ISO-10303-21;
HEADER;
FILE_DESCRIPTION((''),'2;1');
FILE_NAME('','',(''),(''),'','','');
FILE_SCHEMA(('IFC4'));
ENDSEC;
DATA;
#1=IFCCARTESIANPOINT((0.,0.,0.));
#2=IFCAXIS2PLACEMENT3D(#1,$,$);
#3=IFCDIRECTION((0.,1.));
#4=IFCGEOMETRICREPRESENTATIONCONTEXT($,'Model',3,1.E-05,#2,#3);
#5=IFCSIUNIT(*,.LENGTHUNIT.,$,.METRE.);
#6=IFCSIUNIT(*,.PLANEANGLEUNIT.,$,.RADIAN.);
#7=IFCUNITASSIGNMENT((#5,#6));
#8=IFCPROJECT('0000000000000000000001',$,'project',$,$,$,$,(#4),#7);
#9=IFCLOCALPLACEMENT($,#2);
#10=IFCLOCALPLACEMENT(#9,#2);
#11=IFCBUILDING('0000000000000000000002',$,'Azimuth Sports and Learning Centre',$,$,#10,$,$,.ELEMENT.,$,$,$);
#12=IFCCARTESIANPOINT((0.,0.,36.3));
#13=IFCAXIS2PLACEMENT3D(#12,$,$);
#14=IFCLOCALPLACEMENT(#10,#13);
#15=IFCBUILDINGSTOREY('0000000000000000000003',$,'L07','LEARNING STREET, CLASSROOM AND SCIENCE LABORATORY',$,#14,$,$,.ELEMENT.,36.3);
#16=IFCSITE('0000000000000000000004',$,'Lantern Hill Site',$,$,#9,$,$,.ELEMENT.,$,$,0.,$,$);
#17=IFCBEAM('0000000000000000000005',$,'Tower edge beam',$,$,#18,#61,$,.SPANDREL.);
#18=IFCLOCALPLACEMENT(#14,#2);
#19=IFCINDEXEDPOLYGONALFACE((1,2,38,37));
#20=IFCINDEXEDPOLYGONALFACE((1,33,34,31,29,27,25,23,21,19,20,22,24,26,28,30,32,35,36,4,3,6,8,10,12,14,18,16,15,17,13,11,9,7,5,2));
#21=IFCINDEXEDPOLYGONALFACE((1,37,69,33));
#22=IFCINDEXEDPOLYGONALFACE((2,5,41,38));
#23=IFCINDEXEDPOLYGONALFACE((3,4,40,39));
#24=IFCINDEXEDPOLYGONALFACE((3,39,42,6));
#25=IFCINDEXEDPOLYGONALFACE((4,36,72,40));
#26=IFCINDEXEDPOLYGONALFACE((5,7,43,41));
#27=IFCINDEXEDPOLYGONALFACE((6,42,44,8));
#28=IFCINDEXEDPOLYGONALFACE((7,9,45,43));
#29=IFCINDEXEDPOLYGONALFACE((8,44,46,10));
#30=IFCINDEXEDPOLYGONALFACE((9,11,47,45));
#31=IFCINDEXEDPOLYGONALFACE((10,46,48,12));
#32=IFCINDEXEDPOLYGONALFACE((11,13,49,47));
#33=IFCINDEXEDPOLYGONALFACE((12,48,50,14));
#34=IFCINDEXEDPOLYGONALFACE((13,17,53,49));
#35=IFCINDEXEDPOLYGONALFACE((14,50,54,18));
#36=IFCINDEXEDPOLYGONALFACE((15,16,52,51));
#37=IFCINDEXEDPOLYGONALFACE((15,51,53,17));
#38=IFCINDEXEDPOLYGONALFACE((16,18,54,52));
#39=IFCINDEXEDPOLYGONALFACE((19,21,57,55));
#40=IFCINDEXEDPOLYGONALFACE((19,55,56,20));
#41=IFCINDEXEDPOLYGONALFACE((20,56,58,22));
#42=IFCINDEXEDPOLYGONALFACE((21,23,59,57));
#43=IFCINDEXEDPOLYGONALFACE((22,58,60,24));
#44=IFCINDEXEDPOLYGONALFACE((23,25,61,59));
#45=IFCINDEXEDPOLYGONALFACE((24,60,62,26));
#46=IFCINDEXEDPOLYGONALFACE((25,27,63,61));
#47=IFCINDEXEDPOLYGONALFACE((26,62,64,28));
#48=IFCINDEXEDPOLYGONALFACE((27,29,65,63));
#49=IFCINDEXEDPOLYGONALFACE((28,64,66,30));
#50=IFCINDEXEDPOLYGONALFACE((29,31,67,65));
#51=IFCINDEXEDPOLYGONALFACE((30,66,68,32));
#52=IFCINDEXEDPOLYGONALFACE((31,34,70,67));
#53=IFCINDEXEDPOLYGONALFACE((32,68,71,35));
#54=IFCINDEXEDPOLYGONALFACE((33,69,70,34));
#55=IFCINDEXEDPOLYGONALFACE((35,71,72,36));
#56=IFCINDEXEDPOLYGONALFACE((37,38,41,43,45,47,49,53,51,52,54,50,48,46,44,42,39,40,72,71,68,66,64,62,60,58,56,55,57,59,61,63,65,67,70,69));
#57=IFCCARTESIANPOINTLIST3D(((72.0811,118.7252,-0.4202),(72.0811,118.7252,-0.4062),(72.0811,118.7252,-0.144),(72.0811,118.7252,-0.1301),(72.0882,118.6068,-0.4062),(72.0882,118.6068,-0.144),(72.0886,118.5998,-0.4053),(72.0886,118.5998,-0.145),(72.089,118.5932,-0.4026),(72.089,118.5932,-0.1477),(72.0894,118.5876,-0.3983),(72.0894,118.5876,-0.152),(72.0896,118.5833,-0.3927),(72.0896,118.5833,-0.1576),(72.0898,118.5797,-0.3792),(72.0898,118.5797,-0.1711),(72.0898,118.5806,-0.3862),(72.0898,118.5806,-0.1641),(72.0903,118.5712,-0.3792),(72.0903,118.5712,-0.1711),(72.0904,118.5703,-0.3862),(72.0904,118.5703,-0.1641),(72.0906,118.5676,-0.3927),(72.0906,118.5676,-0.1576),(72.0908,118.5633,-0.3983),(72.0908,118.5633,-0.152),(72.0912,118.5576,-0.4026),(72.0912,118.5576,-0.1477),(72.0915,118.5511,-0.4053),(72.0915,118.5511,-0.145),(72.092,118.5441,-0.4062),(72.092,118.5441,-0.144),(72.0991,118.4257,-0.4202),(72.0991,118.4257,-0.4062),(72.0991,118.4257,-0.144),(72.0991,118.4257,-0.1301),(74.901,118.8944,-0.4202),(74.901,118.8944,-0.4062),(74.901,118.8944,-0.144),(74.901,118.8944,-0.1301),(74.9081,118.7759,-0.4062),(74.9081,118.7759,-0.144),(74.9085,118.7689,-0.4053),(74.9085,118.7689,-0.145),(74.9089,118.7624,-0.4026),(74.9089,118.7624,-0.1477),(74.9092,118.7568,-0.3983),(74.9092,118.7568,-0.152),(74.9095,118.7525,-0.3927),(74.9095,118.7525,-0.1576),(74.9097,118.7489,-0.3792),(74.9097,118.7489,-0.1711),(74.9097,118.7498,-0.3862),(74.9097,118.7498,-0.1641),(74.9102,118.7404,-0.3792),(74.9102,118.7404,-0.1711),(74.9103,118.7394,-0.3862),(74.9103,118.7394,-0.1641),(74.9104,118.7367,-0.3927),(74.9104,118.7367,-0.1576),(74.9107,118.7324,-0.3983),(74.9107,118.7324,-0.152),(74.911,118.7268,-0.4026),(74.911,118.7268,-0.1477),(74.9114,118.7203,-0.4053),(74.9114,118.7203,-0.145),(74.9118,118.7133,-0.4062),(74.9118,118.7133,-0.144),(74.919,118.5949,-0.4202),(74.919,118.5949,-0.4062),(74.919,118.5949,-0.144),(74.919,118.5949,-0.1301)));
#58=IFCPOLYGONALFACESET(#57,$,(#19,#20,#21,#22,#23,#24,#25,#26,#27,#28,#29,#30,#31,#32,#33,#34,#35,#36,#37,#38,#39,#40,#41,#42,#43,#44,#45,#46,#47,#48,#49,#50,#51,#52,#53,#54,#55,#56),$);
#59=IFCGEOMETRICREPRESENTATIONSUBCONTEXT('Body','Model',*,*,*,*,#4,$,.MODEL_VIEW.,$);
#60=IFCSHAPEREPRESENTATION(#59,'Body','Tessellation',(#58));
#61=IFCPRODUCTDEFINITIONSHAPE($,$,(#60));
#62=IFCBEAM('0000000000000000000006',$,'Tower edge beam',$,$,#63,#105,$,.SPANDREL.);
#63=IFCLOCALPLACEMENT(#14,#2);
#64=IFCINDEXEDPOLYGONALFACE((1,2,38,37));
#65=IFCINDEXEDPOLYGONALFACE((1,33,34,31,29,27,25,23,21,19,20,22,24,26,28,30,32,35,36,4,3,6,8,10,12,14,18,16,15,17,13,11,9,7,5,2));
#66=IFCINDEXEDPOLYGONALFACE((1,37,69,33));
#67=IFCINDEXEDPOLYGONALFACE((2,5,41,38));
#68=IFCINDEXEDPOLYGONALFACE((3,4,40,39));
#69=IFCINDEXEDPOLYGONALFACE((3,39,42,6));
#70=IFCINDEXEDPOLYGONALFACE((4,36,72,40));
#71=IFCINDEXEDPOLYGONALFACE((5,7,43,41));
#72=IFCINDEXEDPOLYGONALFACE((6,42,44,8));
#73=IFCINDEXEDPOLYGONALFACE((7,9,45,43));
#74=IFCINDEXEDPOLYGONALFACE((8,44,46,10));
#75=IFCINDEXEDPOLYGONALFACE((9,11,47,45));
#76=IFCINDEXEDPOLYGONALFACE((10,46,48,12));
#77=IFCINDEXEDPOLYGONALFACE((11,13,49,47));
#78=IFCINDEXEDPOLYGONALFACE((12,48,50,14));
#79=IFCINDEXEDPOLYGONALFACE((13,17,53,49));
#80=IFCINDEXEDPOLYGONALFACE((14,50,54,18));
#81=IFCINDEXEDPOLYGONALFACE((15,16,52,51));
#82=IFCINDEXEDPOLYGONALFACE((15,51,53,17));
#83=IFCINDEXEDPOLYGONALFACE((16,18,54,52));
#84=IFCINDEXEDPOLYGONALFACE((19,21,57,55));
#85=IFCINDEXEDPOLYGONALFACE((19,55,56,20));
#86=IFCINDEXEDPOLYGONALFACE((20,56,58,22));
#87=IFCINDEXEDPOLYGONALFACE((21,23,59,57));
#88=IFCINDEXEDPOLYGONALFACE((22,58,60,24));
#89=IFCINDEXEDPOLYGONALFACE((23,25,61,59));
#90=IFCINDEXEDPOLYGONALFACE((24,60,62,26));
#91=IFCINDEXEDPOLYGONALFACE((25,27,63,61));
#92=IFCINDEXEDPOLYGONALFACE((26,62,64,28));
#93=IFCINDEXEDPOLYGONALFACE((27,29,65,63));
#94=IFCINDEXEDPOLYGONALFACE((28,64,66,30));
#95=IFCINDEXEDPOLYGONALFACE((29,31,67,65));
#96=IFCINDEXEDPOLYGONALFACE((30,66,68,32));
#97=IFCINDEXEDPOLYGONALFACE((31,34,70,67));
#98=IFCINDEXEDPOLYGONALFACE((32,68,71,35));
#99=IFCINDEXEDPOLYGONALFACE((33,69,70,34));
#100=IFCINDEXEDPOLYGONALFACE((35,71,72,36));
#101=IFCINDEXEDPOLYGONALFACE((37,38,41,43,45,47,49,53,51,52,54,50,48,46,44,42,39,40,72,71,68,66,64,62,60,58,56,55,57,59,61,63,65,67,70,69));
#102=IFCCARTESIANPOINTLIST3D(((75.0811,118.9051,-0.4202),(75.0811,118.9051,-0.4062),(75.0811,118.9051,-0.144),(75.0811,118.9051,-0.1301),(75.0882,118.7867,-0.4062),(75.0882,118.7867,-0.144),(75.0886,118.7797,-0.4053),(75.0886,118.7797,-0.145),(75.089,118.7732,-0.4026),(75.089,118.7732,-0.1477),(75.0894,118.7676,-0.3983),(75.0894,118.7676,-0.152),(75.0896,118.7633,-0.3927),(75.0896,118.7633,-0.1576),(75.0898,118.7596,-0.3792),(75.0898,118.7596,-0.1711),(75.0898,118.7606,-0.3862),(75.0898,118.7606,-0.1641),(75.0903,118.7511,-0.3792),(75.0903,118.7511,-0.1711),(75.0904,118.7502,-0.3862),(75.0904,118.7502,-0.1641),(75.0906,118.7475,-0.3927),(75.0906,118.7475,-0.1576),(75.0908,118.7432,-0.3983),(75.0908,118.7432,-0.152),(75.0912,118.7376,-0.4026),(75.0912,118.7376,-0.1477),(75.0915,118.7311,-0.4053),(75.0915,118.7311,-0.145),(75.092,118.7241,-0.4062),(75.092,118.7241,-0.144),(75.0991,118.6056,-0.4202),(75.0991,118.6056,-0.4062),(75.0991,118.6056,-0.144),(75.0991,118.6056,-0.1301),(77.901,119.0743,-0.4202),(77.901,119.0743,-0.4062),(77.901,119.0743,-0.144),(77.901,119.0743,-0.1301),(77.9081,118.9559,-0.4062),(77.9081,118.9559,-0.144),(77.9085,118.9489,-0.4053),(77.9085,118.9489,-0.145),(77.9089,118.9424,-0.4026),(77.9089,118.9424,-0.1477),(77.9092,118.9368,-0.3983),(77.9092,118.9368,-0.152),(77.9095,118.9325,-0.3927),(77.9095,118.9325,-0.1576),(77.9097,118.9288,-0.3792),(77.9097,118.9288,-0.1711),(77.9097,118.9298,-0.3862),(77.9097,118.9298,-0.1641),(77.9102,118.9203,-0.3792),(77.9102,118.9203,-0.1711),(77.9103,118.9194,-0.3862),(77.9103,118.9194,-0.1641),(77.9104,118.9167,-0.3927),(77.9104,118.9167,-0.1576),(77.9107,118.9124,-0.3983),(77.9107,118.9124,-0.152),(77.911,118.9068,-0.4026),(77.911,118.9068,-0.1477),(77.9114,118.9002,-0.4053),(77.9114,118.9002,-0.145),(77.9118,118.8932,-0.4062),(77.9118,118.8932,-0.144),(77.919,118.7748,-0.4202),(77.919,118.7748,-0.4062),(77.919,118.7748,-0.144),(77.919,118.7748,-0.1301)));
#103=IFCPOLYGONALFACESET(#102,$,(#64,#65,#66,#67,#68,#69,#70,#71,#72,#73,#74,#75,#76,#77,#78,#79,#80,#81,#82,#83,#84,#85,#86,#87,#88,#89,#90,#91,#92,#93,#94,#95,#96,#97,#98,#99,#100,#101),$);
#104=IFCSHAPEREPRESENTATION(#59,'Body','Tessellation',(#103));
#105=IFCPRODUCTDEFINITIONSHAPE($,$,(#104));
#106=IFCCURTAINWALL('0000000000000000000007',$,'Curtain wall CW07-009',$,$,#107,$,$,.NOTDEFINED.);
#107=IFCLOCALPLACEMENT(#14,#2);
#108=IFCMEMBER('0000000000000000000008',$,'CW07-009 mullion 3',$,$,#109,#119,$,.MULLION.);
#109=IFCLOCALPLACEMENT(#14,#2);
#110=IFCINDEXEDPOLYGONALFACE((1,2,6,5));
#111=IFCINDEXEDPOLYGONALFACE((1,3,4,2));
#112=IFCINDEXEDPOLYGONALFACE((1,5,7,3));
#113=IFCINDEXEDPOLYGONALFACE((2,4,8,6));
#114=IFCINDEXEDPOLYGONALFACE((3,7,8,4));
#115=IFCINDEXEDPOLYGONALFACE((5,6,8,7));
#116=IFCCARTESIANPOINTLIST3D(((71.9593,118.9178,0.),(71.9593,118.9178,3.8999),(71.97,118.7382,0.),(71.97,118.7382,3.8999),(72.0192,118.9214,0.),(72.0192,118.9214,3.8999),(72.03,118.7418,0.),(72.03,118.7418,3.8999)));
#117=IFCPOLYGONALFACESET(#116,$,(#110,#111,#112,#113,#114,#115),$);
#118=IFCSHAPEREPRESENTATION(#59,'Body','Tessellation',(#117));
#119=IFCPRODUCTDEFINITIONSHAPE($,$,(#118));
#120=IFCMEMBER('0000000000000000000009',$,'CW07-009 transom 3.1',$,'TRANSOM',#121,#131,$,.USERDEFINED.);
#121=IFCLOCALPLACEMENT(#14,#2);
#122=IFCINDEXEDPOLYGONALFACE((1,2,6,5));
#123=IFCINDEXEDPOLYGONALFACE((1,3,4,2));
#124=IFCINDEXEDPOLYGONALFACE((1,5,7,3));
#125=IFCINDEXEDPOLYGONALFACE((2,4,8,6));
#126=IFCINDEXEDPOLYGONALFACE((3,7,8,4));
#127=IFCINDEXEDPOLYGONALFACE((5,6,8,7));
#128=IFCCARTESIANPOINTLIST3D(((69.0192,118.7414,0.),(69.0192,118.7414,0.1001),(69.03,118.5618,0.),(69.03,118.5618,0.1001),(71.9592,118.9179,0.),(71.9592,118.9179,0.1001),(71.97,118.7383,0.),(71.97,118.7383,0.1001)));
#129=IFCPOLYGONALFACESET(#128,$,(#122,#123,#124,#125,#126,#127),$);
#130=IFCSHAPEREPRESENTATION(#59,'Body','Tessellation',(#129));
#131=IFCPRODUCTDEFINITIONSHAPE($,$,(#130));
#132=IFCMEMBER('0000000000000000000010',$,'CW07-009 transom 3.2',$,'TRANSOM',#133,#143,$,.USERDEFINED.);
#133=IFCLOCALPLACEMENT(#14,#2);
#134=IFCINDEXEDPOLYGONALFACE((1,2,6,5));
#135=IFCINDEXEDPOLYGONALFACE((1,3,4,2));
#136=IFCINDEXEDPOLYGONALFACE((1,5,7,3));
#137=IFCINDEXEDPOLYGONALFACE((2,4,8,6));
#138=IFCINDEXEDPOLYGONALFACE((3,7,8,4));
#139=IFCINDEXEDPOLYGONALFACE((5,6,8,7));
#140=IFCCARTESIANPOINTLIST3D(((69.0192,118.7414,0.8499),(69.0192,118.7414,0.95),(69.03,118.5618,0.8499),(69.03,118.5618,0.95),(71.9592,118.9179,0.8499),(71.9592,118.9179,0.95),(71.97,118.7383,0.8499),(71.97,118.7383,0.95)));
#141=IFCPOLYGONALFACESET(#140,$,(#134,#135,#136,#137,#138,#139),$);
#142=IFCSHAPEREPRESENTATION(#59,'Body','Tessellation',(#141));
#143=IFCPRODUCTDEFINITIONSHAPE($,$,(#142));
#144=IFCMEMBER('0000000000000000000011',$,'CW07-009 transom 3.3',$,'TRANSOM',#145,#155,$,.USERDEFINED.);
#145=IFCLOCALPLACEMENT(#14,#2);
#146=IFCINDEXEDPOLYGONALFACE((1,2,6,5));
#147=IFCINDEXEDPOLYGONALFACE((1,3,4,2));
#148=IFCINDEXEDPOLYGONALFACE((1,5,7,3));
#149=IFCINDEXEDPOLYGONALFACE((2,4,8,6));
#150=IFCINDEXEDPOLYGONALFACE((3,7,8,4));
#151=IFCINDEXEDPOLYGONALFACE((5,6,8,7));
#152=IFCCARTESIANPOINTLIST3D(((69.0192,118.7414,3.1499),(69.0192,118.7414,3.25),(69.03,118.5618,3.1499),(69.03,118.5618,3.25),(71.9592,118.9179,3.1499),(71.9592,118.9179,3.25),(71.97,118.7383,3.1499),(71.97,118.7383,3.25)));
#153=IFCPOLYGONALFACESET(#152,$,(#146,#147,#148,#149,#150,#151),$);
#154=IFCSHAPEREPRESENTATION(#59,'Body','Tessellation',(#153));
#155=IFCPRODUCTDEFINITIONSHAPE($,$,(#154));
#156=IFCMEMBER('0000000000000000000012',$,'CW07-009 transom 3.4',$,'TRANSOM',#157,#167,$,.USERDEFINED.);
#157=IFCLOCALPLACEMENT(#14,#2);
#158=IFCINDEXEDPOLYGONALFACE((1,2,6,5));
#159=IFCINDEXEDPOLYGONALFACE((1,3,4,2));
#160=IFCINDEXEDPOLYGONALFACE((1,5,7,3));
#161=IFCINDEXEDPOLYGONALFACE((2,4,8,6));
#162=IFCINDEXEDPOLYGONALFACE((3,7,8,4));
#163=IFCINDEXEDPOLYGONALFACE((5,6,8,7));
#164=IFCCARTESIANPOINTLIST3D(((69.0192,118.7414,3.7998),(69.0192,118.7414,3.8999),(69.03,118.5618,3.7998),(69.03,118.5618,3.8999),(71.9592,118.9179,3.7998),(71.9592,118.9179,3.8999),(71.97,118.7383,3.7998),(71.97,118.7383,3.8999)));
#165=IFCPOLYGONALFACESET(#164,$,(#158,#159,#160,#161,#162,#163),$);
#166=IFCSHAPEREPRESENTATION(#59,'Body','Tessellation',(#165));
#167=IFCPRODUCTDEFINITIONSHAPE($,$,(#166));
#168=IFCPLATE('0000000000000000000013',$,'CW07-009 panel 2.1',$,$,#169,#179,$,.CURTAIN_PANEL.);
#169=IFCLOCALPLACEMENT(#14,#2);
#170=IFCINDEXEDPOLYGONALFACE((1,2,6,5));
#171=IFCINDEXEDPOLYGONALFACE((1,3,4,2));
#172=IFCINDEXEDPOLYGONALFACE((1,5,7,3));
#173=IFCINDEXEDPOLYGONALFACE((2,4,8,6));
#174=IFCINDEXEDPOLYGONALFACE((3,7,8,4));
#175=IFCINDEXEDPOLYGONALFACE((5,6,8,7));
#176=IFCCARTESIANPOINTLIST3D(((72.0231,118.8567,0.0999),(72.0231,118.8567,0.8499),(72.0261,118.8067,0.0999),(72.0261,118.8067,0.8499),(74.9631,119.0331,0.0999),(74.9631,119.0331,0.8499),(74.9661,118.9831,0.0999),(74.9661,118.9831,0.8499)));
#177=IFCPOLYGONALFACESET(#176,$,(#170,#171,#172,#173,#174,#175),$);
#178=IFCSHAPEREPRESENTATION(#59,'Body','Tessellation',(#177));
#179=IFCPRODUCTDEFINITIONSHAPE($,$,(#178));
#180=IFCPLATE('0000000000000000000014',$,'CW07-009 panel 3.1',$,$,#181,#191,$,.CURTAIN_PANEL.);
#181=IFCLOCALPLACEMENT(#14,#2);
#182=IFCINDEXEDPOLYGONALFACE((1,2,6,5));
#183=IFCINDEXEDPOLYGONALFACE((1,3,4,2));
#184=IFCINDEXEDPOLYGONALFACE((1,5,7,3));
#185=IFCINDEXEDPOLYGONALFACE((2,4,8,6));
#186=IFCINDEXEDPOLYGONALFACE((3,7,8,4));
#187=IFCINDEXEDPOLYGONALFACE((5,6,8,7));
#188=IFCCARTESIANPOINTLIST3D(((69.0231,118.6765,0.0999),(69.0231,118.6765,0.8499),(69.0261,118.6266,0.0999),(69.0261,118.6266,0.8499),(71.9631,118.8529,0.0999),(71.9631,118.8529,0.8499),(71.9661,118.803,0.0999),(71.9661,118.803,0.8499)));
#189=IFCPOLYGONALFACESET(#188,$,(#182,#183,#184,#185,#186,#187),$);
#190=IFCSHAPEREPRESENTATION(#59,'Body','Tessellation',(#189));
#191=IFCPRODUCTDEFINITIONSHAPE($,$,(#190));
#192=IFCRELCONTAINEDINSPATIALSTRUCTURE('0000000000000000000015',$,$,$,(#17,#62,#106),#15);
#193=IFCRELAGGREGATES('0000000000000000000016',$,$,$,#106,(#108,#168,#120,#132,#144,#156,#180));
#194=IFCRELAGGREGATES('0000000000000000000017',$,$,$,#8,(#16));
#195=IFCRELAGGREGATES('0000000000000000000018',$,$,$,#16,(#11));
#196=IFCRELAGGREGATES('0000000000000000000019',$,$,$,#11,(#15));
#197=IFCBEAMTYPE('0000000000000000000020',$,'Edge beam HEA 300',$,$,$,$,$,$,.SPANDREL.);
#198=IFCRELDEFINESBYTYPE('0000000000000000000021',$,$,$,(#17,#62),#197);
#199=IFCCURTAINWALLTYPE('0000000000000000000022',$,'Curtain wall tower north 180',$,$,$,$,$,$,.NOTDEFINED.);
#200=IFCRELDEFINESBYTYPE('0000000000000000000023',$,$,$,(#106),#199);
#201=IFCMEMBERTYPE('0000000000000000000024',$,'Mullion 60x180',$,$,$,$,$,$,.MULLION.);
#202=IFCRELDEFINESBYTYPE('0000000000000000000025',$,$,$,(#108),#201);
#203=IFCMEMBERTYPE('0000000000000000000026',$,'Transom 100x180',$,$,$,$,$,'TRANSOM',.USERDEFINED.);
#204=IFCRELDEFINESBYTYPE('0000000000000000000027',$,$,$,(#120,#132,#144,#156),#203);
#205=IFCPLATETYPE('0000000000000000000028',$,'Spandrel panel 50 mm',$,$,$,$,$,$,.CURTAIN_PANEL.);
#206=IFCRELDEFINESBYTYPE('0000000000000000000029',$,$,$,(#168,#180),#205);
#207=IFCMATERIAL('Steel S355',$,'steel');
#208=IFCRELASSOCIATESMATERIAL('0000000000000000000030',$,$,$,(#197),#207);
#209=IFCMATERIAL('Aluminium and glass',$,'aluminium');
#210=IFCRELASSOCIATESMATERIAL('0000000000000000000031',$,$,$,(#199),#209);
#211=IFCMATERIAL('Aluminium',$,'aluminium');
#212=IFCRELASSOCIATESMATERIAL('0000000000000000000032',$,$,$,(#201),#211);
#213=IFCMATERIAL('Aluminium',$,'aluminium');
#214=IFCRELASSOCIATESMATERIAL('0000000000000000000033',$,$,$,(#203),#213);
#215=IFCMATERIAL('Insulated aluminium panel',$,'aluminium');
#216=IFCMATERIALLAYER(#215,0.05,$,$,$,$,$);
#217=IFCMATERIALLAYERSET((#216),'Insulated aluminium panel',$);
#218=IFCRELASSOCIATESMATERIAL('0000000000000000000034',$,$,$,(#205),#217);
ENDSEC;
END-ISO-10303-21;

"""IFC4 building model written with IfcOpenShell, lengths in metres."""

from ifc_helpers import new_model, si_unit, direction, frame, origin, origin_2d, place, context, subcontext, project, spatial, rectangle, i_section, extrude, material, layer, layer_set, material_profile, profile_set, type_object, element, aggregate, save


model = new_model("IFC4")

# Units and contexts
model_context = context("Model", 3, precision=1e-05, world=origin(), true_north=direction((0.0, 1.0)))
body_context = subcontext(model_context, "Body", "Model", "MODEL_VIEW")
ifc_project = project(units=[si_unit("LENGTHUNIT", "METRE"), si_unit("PLANEANGLEUNIT", "RADIAN")], contexts=[model_context])

# Site, building, storey
site_placement = place(None, origin())
site = spatial("IfcSite", under=ifc_project, at=site_placement, Name="Lantern Hill Site", CompositionType="ELEMENT", RefElevation=0.0)
building_placement = place(site_placement, origin())
building = spatial("IfcBuilding", under=site, at=building_placement, Name="Azimuth Sports and Learning Centre", CompositionType="ELEMENT")
storey_placement = place(building_placement, frame((0.0, 0.0, 36.3)))
storey = spatial("IfcBuildingStorey", under=building, at=storey_placement, Name="L07", Description="LEARNING STREET, CLASSROOM AND SCIENCE LABORATORY", CompositionType="ELEMENT", Elevation=36.3)

# Beams
ifc_material_1 = material(Name="Steel S355", Category="steel")
ifc_material_profile_1 = material_profile(ifc_material_1, i_section(OverallWidth=0.3, OverallDepth=0.29, WebThickness=0.0085, FlangeThickness=0.0139, FilletRadius=0.0271, at=origin_2d()), Name="HEA 300")
ifc_profile_set_1 = profile_set([ifc_material_profile_1], Name="Steel S355")
beam_type_1 = type_object("IfcBeamType", Name="Edge beam HEA 300", PredefinedType="SPANDREL", material=ifc_profile_set_1)
for number, where, z_axis, x_axis, name in (
    (1, (72.0901, 118.5754, -0.2751), (0.998205, 0.059892, 0.0), (-0.059892, 0.998205, 0.0), "Tower edge beam"),
    (2, (75.0901, 118.7554, -0.2751), (0.998205, 0.059892, 0.0), (-0.059892, 0.998205, 0.0), "Tower edge beam"),
):
    element("IfcBeam", number, at=place(storey_placement, frame(where, z_axis=z_axis, x_axis=x_axis)), inside=storey, type_object=beam_type_1, Name=name, PredefinedType="SPANDREL", context=body_context, shape_type="SweptSolid", body=[
        extrude(i_section(OverallWidth=0.3, OverallDepth=0.29, WebThickness=0.0085, FlangeThickness=0.0139, FilletRadius=0.0271, at=origin_2d()), origin(), (0.0, 0.0, 1.0), 2.825),
    ])

# Curtain wall, members, plates
ifc_material_2 = material(Name="Aluminium and glass", Category="aluminium")
curtain_wall_type = type_object("IfcCurtainWallType", Name="Curtain wall tower north 180", PredefinedType="NOTDEFINED", material=ifc_material_2)
curtain_wall_placement = place(storey_placement, origin())
curtain_wall = element("IfcCurtainWall", 3, at=curtain_wall_placement, inside=storey, type_object=curtain_wall_type, Name="Curtain wall CW07-009", PredefinedType="NOTDEFINED")
ifc_material_3 = material(Name="Aluminium", Category="aluminium")
ifc_material_profile_2 = material_profile(ifc_material_3, rectangle(XDim=0.1799, YDim=0.0601, at=origin_2d()), Name="Mullion 60x180")
ifc_profile_set_2 = profile_set([ifc_material_profile_2], Name="Aluminium")
member_type_1 = type_object("IfcMemberType", Name="Mullion 60x180", PredefinedType="MULLION", material=ifc_profile_set_2)
member_1_placement = place(storey_placement, frame((71.9946, 118.8298, 0.0), z_axis=(0.0, 0.0, 1.0), x_axis=(0.059892, -0.998205, 0.0)))
member_1 = element("IfcMember", 4, at=member_1_placement, type_object=member_type_1, Name="CW07-009 mullion 3", PredefinedType="MULLION", context=body_context, shape_type="SweptSolid", body=[
    extrude(rectangle(XDim=0.1799, YDim=0.0601, at=origin_2d()), origin(), (0.0, 0.0, 1.0), 3.8999),
])
ifc_material_4 = material(Name="Aluminium", Category="aluminium")
ifc_material_profile_3 = material_profile(ifc_material_4, rectangle(XDim=0.1799, YDim=0.1001, at=origin_2d()), Name="Transom 100x180")
ifc_profile_set_3 = profile_set([ifc_material_profile_3], Name="Aluminium")
member_type_2 = type_object("IfcMemberType", Name="Transom 100x180", ElementType="TRANSOM", PredefinedType="USERDEFINED", material=ifc_profile_set_3)
member_2_placement = place(storey_placement, frame((71.9646, 118.8281, 0.05), z_axis=(-0.998202, -0.059932, 0.0), x_axis=(0.059932, -0.998202, 0.0)))
member_2 = element("IfcMember", 5, at=member_2_placement, type_object=member_type_2, Name="CW07-009 transom 3.1", ObjectType="TRANSOM", PredefinedType="USERDEFINED", context=body_context, shape_type="SweptSolid", body=[
    extrude(rectangle(XDim=0.1799, YDim=0.1001, at=origin_2d()), origin(), (0.0, 0.0, 1.0), 2.9453),
])
member_3_placement = place(storey_placement, frame((71.9646, 118.8281, 0.8999), z_axis=(-0.998202, -0.059932, 0.0), x_axis=(0.059932, -0.998202, 0.0)))
member_3 = element("IfcMember", 6, at=member_3_placement, type_object=member_type_2, Name="CW07-009 transom 3.2", ObjectType="TRANSOM", PredefinedType="USERDEFINED", context=body_context, shape_type="SweptSolid", body=[
    extrude(rectangle(XDim=0.1799, YDim=0.1001, at=origin_2d()), origin(), (0.0, 0.0, 1.0), 2.9453),
])
member_4_placement = place(storey_placement, frame((71.9646, 118.8281, 3.2), z_axis=(-0.998202, -0.059932, 0.0), x_axis=(0.059932, -0.998202, 0.0)))
member_4 = element("IfcMember", 7, at=member_4_placement, type_object=member_type_2, Name="CW07-009 transom 3.3", ObjectType="TRANSOM", PredefinedType="USERDEFINED", context=body_context, shape_type="SweptSolid", body=[
    extrude(rectangle(XDim=0.1799, YDim=0.1001, at=origin_2d()), origin(), (0.0, 0.0, 1.0), 2.9453),
])
member_5_placement = place(storey_placement, frame((71.9646, 118.8281, 3.8499), z_axis=(-0.998202, -0.059932, 0.0), x_axis=(0.059932, -0.998202, 0.0)))
member_5 = element("IfcMember", 8, at=member_5_placement, type_object=member_type_2, Name="CW07-009 transom 3.4", ObjectType="TRANSOM", PredefinedType="USERDEFINED", context=body_context, shape_type="SweptSolid", body=[
    extrude(rectangle(XDim=0.1799, YDim=0.1001, at=origin_2d()), origin(), (0.0, 0.0, 1.0), 2.9453),
])
ifc_material_5 = material(Name="Insulated aluminium panel", Category="aluminium")
ifc_layer_1 = layer(ifc_material_5, 0.05)
ifc_layer_set_1 = layer_set([ifc_layer_1], Name="Insulated aluminium panel")
plate_type_1 = type_object("IfcPlateType", Name="Spandrel panel 50 mm", PredefinedType="CURTAIN_PANEL", material=ifc_layer_set_1)
plate_1_placement = place(storey_placement, frame((73.4946, 118.9199, 0.0999), z_axis=(0.0, 0.0, 1.0), x_axis=(-0.998205, -0.059892, 0.0)))
plate_1 = element("IfcPlate", 9, at=plate_1_placement, type_object=plate_type_1, Name="CW07-009 panel 2.1", PredefinedType="CURTAIN_PANEL", context=body_context, shape_type="SweptSolid", body=[
    extrude(rectangle(XDim=2.9453, YDim=0.05, at=origin_2d()), origin(), (0.0, 0.0, 1.0), 0.75),
])
plate_2_placement = place(storey_placement, frame((70.4946, 118.7397, 0.0999), z_axis=(0.0, 0.0, 1.0), x_axis=(-0.998205, -0.059892, 0.0)))
plate_2 = element("IfcPlate", 10, at=plate_2_placement, type_object=plate_type_1, Name="CW07-009 panel 3.1", PredefinedType="CURTAIN_PANEL", context=body_context, shape_type="SweptSolid", body=[
    extrude(rectangle(XDim=2.9453, YDim=0.05, at=origin_2d()), origin(), (0.0, 0.0, 1.0), 0.75),
])
aggregate(curtain_wall, [member_1, plate_1, member_2, member_3, member_4, member_5, plate_2])

save(model, "model.ifc")
